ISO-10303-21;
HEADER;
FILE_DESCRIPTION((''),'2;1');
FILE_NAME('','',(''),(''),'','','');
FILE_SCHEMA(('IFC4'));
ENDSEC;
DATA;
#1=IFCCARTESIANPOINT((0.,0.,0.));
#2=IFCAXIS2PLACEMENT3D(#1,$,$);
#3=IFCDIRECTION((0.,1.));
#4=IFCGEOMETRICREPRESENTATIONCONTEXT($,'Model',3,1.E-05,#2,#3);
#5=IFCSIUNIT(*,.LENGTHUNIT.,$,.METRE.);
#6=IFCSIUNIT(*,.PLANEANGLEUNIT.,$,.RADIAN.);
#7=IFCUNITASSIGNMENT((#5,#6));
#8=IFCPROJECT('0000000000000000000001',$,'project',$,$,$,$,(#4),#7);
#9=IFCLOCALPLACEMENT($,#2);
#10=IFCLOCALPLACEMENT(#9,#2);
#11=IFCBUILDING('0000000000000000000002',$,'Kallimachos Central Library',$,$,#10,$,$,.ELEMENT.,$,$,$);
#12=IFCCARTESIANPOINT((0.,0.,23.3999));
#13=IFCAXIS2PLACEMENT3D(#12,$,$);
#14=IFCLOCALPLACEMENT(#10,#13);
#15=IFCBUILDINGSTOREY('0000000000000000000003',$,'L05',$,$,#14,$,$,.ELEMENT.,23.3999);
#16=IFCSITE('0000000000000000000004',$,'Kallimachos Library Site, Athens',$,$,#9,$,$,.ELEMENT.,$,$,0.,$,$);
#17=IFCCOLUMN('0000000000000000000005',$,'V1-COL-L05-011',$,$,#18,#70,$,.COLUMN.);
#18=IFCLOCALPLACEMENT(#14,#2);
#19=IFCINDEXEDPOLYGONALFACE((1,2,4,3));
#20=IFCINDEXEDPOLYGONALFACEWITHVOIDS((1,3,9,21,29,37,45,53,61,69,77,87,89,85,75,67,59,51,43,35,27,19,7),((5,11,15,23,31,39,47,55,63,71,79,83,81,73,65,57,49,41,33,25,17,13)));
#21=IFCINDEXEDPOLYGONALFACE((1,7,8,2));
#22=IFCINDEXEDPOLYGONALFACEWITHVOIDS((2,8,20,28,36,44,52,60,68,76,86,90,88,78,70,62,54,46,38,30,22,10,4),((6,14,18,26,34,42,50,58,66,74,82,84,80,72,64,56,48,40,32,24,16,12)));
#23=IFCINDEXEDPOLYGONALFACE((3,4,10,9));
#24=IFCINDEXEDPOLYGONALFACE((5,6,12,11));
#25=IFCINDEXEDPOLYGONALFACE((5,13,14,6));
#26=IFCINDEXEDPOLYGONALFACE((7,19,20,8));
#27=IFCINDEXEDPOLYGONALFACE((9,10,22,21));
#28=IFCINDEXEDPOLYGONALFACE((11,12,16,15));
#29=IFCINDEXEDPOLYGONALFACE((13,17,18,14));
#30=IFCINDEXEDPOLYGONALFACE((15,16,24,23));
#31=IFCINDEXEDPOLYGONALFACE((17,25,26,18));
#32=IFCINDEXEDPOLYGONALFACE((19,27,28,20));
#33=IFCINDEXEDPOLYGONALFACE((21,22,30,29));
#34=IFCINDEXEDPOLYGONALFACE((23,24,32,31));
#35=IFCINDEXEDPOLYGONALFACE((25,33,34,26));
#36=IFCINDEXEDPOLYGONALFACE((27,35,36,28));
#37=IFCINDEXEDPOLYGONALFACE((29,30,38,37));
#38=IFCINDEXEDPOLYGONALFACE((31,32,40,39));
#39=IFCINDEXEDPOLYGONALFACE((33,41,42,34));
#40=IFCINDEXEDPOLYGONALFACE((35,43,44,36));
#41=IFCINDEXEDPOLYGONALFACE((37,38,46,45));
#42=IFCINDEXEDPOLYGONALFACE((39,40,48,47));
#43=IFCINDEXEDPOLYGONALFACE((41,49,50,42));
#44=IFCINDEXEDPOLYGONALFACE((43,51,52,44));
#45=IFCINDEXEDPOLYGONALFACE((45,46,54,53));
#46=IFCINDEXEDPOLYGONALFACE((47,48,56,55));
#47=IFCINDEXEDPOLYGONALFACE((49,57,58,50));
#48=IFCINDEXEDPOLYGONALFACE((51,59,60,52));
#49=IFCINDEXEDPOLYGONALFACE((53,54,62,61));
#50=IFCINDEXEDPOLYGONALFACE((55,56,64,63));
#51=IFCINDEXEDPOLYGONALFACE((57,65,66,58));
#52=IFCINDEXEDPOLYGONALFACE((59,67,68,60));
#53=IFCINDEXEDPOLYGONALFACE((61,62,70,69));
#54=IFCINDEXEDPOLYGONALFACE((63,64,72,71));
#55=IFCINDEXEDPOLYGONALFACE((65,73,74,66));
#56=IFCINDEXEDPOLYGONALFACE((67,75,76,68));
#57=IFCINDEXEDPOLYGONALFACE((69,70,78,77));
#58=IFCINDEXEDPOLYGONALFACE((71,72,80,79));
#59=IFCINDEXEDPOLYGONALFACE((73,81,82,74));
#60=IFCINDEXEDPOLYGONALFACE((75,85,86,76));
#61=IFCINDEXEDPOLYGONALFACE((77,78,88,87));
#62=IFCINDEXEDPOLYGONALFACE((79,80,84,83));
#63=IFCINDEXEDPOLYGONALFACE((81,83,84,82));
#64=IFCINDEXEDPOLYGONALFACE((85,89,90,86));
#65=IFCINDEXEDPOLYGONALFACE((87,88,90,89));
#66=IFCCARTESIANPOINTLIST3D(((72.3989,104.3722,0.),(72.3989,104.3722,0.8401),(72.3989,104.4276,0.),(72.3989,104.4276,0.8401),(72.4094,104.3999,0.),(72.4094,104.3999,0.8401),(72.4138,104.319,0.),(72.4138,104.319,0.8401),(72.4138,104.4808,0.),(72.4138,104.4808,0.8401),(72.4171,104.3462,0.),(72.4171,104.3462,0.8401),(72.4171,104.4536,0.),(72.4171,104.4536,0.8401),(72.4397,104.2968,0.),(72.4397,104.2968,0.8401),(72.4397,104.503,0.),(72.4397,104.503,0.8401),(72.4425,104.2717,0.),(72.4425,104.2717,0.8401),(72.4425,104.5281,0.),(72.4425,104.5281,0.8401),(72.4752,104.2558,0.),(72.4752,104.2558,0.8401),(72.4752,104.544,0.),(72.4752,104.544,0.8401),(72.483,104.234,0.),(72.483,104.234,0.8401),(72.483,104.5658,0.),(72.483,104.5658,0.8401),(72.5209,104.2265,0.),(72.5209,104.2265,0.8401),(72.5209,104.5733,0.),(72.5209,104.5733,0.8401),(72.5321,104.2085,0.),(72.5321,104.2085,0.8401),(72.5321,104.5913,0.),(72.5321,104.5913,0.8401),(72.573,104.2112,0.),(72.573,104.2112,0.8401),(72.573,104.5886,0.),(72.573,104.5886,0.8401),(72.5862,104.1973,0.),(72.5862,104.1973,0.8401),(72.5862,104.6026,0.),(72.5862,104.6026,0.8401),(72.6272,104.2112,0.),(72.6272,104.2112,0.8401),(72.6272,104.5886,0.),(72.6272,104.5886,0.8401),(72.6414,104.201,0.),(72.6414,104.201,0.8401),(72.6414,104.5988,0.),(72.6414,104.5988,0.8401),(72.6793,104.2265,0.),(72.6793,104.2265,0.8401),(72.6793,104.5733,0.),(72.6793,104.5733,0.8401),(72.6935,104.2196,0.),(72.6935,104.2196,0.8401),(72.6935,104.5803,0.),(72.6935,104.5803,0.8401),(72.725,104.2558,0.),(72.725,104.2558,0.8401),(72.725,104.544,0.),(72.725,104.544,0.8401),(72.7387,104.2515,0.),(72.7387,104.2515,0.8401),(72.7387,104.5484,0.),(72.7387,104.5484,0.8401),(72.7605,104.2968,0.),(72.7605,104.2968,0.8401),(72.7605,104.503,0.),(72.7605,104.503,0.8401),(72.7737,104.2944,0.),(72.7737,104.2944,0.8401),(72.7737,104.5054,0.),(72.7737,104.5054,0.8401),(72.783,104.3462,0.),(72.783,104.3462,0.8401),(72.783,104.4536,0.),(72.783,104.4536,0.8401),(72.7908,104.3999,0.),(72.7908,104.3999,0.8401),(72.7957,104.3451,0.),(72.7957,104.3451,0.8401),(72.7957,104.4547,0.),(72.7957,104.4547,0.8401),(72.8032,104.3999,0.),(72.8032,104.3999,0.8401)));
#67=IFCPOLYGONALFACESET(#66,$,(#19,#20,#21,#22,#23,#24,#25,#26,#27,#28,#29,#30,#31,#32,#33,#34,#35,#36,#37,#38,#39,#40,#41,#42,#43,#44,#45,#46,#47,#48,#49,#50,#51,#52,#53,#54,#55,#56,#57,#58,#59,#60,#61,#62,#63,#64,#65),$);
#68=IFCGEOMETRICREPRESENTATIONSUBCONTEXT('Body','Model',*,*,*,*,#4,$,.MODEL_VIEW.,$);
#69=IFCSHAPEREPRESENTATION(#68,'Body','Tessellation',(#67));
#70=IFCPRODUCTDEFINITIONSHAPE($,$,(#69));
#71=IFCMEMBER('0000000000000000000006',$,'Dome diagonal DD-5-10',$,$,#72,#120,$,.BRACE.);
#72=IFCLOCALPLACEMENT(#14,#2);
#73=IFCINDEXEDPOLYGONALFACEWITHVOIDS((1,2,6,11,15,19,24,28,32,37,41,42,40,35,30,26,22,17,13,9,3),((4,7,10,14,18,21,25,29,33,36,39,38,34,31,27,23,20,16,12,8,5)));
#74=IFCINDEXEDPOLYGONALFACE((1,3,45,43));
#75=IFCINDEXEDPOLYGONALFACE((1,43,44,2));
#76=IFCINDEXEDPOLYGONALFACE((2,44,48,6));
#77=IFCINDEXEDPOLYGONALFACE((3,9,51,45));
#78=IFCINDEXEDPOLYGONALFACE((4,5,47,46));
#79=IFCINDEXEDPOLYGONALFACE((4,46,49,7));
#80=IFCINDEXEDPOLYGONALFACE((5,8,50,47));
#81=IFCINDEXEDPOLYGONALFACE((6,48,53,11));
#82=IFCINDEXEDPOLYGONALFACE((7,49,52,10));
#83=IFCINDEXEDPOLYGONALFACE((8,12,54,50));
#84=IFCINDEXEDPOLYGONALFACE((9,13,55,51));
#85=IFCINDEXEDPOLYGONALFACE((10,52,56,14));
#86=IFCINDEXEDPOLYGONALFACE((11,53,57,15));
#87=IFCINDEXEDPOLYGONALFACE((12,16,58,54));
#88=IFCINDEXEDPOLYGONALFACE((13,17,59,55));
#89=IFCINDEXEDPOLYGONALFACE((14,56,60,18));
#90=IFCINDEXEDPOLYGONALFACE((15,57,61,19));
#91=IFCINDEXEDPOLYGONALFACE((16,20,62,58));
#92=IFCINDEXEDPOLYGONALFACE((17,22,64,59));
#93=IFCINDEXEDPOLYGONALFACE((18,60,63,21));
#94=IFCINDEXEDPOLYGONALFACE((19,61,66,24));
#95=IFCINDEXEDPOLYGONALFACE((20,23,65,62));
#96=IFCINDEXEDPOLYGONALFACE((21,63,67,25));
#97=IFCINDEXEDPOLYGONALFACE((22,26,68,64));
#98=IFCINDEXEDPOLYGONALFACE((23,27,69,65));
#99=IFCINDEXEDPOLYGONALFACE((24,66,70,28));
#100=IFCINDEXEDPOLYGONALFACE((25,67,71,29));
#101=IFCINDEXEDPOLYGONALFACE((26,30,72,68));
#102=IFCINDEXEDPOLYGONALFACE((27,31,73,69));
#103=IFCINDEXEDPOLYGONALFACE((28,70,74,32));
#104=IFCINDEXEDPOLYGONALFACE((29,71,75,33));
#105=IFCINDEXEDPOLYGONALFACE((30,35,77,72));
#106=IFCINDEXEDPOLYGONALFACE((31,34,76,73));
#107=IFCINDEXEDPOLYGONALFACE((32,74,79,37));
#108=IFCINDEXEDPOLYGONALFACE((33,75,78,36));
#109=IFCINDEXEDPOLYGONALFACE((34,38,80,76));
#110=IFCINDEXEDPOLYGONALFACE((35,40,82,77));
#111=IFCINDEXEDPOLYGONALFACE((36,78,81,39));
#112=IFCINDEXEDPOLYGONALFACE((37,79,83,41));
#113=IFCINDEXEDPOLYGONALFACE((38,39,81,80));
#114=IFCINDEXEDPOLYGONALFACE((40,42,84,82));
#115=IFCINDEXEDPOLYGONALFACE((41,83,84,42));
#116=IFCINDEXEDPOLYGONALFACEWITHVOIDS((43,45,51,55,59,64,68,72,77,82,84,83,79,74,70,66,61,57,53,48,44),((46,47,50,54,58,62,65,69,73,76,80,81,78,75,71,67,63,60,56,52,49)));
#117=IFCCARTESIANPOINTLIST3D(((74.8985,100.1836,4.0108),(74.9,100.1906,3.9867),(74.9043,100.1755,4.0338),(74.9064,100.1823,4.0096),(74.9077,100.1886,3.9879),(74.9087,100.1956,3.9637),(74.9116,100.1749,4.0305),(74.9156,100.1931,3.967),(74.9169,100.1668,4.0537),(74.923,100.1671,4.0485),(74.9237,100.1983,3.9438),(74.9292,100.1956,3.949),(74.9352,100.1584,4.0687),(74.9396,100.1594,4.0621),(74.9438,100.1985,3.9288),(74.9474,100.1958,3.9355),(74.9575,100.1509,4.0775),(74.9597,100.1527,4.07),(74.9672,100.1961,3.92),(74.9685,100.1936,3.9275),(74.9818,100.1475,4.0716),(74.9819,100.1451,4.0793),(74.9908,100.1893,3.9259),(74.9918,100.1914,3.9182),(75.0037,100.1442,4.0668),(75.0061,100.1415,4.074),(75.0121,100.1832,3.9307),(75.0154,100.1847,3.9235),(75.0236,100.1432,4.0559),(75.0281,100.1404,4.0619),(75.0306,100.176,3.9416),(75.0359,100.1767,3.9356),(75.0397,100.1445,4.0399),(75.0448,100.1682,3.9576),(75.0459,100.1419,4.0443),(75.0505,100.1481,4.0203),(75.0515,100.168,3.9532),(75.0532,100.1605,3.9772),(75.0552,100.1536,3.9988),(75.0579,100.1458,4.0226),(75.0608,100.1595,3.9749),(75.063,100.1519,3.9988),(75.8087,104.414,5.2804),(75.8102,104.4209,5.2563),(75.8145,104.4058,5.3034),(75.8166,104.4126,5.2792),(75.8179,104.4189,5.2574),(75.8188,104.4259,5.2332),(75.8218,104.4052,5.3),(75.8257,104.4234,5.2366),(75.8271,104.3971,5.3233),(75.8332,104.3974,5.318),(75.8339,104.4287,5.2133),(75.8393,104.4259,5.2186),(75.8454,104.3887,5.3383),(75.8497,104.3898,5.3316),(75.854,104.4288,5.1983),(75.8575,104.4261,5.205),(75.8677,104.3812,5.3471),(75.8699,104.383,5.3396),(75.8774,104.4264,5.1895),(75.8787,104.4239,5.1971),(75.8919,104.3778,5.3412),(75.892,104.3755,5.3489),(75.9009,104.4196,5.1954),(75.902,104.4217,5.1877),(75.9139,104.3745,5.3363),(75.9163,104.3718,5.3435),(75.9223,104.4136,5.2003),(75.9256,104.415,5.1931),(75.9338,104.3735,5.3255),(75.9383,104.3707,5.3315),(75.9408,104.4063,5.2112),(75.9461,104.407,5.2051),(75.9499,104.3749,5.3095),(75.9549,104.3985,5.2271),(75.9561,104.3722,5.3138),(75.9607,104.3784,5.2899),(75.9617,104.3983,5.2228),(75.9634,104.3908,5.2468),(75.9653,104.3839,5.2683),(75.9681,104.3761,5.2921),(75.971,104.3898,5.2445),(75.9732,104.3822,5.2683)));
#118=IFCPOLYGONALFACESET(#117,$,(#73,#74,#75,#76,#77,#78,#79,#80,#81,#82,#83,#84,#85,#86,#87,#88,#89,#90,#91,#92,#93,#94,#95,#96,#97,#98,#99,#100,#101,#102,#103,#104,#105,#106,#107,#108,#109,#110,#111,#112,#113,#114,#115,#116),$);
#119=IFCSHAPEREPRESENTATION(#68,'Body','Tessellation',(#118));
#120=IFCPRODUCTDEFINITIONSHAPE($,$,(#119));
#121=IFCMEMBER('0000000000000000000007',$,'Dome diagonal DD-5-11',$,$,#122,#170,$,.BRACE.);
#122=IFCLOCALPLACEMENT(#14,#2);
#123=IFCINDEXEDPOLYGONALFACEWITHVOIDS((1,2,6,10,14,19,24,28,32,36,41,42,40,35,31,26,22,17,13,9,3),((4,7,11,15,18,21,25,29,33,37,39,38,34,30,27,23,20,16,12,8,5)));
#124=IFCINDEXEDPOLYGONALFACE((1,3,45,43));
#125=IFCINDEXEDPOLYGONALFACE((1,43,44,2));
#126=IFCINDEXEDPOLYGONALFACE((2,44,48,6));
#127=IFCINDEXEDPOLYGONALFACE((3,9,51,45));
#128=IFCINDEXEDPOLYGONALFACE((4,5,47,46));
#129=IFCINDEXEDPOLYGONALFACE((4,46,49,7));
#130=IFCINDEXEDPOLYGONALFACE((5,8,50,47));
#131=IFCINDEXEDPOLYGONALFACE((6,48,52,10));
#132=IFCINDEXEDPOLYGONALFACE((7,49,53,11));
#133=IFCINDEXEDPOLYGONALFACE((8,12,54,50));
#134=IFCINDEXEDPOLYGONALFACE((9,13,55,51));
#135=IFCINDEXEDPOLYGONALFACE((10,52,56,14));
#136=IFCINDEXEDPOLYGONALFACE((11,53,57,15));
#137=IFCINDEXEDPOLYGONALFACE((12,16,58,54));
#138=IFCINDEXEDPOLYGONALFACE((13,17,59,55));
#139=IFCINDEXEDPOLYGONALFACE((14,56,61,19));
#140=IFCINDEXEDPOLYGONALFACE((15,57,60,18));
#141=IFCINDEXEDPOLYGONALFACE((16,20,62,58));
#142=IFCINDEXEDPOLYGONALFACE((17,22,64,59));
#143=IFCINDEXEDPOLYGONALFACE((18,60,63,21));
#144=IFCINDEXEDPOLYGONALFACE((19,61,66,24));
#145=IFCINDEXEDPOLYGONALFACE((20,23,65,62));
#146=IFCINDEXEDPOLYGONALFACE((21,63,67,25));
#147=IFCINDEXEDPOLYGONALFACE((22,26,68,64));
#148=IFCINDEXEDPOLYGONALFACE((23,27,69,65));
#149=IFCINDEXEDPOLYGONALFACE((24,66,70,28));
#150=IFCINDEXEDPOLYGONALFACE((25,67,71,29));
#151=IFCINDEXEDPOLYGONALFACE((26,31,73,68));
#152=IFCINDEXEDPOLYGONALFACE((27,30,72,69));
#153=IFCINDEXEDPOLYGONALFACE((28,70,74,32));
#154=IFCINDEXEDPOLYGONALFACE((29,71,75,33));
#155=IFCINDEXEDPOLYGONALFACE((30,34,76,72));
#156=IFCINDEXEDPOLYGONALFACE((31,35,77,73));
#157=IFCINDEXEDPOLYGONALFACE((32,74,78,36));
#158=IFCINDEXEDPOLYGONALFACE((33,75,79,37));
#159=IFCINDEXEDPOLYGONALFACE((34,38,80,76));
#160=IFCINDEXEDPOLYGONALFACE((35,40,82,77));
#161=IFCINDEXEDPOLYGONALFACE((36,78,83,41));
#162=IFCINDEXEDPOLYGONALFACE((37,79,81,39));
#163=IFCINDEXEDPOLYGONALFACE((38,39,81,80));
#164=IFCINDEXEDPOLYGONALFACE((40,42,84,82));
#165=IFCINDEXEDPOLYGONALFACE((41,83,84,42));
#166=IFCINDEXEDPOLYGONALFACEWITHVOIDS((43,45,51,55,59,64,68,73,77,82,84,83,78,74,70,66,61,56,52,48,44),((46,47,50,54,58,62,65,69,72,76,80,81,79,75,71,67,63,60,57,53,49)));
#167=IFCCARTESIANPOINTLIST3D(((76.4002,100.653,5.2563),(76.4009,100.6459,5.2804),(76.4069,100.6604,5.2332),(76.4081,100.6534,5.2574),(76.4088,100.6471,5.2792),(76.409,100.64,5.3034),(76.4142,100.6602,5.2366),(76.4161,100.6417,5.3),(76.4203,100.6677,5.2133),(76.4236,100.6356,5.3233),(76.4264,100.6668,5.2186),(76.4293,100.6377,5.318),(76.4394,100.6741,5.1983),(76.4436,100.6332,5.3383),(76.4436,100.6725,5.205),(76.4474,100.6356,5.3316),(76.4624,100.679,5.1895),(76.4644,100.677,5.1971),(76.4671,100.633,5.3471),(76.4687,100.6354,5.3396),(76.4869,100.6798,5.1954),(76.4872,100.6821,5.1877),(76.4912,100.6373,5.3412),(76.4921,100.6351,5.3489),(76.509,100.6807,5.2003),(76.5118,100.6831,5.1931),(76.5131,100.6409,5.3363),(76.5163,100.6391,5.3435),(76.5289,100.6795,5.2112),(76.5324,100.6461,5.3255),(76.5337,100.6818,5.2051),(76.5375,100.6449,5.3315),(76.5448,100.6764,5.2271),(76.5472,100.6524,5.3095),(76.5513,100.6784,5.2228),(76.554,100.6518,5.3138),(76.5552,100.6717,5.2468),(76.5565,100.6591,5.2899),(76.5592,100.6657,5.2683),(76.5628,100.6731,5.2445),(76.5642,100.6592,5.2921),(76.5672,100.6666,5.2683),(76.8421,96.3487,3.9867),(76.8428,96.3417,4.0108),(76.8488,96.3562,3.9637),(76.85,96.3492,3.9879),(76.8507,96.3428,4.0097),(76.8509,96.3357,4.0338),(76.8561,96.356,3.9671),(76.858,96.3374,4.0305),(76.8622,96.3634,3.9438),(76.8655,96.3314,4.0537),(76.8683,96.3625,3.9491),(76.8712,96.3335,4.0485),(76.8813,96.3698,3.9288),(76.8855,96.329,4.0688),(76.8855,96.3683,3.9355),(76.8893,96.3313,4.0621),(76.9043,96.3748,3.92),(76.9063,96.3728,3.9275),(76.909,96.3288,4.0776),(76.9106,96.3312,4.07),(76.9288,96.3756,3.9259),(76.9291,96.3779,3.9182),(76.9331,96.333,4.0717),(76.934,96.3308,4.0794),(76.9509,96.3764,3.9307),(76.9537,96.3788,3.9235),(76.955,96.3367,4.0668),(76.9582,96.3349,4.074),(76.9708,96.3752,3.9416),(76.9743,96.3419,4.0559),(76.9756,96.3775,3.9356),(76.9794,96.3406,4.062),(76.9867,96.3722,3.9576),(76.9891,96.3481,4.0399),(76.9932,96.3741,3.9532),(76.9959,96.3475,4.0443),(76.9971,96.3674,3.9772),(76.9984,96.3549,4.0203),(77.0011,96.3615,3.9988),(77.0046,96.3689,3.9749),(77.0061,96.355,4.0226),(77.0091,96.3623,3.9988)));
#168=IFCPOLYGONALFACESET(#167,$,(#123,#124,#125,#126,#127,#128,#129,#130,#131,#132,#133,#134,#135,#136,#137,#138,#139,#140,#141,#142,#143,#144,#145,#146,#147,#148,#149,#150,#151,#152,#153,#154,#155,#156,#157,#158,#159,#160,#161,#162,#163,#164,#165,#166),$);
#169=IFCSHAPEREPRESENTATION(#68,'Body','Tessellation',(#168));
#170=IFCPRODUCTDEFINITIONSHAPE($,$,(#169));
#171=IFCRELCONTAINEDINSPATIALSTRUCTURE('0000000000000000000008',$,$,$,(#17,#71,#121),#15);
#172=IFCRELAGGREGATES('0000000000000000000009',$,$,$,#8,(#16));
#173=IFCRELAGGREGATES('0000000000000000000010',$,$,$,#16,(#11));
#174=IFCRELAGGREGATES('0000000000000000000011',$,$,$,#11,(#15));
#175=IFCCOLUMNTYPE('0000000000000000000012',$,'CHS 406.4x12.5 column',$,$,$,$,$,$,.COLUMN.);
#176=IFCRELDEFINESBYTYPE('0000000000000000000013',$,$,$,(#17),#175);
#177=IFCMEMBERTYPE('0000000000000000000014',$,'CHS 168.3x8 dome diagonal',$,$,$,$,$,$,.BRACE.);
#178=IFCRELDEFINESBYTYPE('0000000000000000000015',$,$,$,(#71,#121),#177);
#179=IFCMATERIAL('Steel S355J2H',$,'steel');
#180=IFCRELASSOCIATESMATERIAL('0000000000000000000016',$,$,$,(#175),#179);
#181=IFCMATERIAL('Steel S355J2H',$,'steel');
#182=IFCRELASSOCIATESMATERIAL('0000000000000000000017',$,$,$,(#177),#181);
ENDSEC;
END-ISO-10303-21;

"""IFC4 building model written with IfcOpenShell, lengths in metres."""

from ifc_helpers import new_model, si_unit, direction, frame, origin, origin_2d, place, context, subcontext, project, spatial, hollow_circle, extrude, material, material_profile, profile_set, type_object, element, save


model = new_model("IFC4")

# Units and contexts
model_context = context("Model", 3, precision=1e-05, world=origin(), true_north=direction((0.0, 1.0)))
body_context = subcontext(model_context, "Body", "Model", "MODEL_VIEW")
ifc_project = project(units=[si_unit("LENGTHUNIT", "METRE"), si_unit("PLANEANGLEUNIT", "RADIAN")], contexts=[model_context])

# Site, building, storey
site_placement = place(None, origin())
site = spatial("IfcSite", under=ifc_project, at=site_placement, Name="Kallimachos Library Site, Athens", CompositionType="ELEMENT", RefElevation=0.0)
building_placement = place(site_placement, origin())
building = spatial("IfcBuilding", under=site, at=building_placement, Name="Kallimachos Central Library", CompositionType="ELEMENT")
storey_placement = place(building_placement, frame((0.0, 0.0, 23.3999)))
storey = spatial("IfcBuildingStorey", under=building, at=storey_placement, Name="L05", CompositionType="ELEMENT", Elevation=23.3999)

# Column
ifc_material_1 = material(Name="Steel S355J2H", Category="steel")
ifc_material_profile_1 = material_profile(ifc_material_1, hollow_circle(Radius=0.2031, WallThickness=0.0125, at=origin_2d()), Name="CHS 406.4x12.5")
ifc_profile_set_1 = profile_set([ifc_material_profile_1], Name="Steel S355J2H")
column_type = type_object("IfcColumnType", Name="CHS 406.4x12.5 column", PredefinedType="COLUMN", material=ifc_profile_set_1)
column_placement = place(storey_placement, frame((72.6001, 104.3999, 0.0), z_axis=(0.0, 0.0, 1.0), x_axis=(1.0, 0.0, 0.0)))
element("IfcColumn", 1, at=column_placement, inside=storey, type_object=column_type, Name="V1-COL-L05-011", PredefinedType="COLUMN", context=body_context, shape_type="SweptSolid", body=[
    extrude(hollow_circle(Radius=0.2031, WallThickness=0.0125, at=origin_2d()), origin(), (0.0, 0.0, 1.0), 0.8401),
])

# Members
ifc_material_2 = material(Name="Steel S355J2H", Category="steel")
ifc_material_profile_2 = material_profile(ifc_material_2, hollow_circle(Radius=0.0842, WallThickness=0.0081, at=origin_2d()), Name="CHS 168.3x8")
ifc_profile_set_2 = profile_set([ifc_material_profile_2], Name="Steel S355J2H")
member_type_1 = type_object("IfcMemberType", Name="CHS 168.3x8 dome diagonal", PredefinedType="BRACE", material=ifc_profile_set_2)
member_1_placement = place(storey_placement, frame((75.8909, 104.3999, 5.2683), z_axis=(-0.201834, -0.938086, -0.281529), x_axis=(0.977628, -0.210342, 0.0)))
element("IfcMember", 2, at=member_1_placement, inside=storey, type_object=member_type_1, Name="Dome diagonal DD-5-10", PredefinedType="BRACE", context=body_context, shape_type="SweptSolid", body=[
    extrude(hollow_circle(Radius=0.0842, WallThickness=0.0081, at=origin_2d()), origin(), (0.0, 0.0, 1.0), 4.5095),
])
member_2_placement = place(storey_placement, frame((76.4834, 100.658, 5.2683), z_axis=(0.097998, -0.954532, -0.281541), x_axis=(0.994771, 0.102129, 0.0)))
element("IfcMember", 3, at=member_2_placement, inside=storey, type_object=member_type_1, Name="Dome diagonal DD-5-11", PredefinedType="BRACE", context=body_context, shape_type="SweptSolid", body=[
    extrude(hollow_circle(Radius=0.0842, WallThickness=0.0081, at=origin_2d()), origin(), (0.0, 0.0, 1.0), 4.5093),
])

save(model, "model.ifc")
